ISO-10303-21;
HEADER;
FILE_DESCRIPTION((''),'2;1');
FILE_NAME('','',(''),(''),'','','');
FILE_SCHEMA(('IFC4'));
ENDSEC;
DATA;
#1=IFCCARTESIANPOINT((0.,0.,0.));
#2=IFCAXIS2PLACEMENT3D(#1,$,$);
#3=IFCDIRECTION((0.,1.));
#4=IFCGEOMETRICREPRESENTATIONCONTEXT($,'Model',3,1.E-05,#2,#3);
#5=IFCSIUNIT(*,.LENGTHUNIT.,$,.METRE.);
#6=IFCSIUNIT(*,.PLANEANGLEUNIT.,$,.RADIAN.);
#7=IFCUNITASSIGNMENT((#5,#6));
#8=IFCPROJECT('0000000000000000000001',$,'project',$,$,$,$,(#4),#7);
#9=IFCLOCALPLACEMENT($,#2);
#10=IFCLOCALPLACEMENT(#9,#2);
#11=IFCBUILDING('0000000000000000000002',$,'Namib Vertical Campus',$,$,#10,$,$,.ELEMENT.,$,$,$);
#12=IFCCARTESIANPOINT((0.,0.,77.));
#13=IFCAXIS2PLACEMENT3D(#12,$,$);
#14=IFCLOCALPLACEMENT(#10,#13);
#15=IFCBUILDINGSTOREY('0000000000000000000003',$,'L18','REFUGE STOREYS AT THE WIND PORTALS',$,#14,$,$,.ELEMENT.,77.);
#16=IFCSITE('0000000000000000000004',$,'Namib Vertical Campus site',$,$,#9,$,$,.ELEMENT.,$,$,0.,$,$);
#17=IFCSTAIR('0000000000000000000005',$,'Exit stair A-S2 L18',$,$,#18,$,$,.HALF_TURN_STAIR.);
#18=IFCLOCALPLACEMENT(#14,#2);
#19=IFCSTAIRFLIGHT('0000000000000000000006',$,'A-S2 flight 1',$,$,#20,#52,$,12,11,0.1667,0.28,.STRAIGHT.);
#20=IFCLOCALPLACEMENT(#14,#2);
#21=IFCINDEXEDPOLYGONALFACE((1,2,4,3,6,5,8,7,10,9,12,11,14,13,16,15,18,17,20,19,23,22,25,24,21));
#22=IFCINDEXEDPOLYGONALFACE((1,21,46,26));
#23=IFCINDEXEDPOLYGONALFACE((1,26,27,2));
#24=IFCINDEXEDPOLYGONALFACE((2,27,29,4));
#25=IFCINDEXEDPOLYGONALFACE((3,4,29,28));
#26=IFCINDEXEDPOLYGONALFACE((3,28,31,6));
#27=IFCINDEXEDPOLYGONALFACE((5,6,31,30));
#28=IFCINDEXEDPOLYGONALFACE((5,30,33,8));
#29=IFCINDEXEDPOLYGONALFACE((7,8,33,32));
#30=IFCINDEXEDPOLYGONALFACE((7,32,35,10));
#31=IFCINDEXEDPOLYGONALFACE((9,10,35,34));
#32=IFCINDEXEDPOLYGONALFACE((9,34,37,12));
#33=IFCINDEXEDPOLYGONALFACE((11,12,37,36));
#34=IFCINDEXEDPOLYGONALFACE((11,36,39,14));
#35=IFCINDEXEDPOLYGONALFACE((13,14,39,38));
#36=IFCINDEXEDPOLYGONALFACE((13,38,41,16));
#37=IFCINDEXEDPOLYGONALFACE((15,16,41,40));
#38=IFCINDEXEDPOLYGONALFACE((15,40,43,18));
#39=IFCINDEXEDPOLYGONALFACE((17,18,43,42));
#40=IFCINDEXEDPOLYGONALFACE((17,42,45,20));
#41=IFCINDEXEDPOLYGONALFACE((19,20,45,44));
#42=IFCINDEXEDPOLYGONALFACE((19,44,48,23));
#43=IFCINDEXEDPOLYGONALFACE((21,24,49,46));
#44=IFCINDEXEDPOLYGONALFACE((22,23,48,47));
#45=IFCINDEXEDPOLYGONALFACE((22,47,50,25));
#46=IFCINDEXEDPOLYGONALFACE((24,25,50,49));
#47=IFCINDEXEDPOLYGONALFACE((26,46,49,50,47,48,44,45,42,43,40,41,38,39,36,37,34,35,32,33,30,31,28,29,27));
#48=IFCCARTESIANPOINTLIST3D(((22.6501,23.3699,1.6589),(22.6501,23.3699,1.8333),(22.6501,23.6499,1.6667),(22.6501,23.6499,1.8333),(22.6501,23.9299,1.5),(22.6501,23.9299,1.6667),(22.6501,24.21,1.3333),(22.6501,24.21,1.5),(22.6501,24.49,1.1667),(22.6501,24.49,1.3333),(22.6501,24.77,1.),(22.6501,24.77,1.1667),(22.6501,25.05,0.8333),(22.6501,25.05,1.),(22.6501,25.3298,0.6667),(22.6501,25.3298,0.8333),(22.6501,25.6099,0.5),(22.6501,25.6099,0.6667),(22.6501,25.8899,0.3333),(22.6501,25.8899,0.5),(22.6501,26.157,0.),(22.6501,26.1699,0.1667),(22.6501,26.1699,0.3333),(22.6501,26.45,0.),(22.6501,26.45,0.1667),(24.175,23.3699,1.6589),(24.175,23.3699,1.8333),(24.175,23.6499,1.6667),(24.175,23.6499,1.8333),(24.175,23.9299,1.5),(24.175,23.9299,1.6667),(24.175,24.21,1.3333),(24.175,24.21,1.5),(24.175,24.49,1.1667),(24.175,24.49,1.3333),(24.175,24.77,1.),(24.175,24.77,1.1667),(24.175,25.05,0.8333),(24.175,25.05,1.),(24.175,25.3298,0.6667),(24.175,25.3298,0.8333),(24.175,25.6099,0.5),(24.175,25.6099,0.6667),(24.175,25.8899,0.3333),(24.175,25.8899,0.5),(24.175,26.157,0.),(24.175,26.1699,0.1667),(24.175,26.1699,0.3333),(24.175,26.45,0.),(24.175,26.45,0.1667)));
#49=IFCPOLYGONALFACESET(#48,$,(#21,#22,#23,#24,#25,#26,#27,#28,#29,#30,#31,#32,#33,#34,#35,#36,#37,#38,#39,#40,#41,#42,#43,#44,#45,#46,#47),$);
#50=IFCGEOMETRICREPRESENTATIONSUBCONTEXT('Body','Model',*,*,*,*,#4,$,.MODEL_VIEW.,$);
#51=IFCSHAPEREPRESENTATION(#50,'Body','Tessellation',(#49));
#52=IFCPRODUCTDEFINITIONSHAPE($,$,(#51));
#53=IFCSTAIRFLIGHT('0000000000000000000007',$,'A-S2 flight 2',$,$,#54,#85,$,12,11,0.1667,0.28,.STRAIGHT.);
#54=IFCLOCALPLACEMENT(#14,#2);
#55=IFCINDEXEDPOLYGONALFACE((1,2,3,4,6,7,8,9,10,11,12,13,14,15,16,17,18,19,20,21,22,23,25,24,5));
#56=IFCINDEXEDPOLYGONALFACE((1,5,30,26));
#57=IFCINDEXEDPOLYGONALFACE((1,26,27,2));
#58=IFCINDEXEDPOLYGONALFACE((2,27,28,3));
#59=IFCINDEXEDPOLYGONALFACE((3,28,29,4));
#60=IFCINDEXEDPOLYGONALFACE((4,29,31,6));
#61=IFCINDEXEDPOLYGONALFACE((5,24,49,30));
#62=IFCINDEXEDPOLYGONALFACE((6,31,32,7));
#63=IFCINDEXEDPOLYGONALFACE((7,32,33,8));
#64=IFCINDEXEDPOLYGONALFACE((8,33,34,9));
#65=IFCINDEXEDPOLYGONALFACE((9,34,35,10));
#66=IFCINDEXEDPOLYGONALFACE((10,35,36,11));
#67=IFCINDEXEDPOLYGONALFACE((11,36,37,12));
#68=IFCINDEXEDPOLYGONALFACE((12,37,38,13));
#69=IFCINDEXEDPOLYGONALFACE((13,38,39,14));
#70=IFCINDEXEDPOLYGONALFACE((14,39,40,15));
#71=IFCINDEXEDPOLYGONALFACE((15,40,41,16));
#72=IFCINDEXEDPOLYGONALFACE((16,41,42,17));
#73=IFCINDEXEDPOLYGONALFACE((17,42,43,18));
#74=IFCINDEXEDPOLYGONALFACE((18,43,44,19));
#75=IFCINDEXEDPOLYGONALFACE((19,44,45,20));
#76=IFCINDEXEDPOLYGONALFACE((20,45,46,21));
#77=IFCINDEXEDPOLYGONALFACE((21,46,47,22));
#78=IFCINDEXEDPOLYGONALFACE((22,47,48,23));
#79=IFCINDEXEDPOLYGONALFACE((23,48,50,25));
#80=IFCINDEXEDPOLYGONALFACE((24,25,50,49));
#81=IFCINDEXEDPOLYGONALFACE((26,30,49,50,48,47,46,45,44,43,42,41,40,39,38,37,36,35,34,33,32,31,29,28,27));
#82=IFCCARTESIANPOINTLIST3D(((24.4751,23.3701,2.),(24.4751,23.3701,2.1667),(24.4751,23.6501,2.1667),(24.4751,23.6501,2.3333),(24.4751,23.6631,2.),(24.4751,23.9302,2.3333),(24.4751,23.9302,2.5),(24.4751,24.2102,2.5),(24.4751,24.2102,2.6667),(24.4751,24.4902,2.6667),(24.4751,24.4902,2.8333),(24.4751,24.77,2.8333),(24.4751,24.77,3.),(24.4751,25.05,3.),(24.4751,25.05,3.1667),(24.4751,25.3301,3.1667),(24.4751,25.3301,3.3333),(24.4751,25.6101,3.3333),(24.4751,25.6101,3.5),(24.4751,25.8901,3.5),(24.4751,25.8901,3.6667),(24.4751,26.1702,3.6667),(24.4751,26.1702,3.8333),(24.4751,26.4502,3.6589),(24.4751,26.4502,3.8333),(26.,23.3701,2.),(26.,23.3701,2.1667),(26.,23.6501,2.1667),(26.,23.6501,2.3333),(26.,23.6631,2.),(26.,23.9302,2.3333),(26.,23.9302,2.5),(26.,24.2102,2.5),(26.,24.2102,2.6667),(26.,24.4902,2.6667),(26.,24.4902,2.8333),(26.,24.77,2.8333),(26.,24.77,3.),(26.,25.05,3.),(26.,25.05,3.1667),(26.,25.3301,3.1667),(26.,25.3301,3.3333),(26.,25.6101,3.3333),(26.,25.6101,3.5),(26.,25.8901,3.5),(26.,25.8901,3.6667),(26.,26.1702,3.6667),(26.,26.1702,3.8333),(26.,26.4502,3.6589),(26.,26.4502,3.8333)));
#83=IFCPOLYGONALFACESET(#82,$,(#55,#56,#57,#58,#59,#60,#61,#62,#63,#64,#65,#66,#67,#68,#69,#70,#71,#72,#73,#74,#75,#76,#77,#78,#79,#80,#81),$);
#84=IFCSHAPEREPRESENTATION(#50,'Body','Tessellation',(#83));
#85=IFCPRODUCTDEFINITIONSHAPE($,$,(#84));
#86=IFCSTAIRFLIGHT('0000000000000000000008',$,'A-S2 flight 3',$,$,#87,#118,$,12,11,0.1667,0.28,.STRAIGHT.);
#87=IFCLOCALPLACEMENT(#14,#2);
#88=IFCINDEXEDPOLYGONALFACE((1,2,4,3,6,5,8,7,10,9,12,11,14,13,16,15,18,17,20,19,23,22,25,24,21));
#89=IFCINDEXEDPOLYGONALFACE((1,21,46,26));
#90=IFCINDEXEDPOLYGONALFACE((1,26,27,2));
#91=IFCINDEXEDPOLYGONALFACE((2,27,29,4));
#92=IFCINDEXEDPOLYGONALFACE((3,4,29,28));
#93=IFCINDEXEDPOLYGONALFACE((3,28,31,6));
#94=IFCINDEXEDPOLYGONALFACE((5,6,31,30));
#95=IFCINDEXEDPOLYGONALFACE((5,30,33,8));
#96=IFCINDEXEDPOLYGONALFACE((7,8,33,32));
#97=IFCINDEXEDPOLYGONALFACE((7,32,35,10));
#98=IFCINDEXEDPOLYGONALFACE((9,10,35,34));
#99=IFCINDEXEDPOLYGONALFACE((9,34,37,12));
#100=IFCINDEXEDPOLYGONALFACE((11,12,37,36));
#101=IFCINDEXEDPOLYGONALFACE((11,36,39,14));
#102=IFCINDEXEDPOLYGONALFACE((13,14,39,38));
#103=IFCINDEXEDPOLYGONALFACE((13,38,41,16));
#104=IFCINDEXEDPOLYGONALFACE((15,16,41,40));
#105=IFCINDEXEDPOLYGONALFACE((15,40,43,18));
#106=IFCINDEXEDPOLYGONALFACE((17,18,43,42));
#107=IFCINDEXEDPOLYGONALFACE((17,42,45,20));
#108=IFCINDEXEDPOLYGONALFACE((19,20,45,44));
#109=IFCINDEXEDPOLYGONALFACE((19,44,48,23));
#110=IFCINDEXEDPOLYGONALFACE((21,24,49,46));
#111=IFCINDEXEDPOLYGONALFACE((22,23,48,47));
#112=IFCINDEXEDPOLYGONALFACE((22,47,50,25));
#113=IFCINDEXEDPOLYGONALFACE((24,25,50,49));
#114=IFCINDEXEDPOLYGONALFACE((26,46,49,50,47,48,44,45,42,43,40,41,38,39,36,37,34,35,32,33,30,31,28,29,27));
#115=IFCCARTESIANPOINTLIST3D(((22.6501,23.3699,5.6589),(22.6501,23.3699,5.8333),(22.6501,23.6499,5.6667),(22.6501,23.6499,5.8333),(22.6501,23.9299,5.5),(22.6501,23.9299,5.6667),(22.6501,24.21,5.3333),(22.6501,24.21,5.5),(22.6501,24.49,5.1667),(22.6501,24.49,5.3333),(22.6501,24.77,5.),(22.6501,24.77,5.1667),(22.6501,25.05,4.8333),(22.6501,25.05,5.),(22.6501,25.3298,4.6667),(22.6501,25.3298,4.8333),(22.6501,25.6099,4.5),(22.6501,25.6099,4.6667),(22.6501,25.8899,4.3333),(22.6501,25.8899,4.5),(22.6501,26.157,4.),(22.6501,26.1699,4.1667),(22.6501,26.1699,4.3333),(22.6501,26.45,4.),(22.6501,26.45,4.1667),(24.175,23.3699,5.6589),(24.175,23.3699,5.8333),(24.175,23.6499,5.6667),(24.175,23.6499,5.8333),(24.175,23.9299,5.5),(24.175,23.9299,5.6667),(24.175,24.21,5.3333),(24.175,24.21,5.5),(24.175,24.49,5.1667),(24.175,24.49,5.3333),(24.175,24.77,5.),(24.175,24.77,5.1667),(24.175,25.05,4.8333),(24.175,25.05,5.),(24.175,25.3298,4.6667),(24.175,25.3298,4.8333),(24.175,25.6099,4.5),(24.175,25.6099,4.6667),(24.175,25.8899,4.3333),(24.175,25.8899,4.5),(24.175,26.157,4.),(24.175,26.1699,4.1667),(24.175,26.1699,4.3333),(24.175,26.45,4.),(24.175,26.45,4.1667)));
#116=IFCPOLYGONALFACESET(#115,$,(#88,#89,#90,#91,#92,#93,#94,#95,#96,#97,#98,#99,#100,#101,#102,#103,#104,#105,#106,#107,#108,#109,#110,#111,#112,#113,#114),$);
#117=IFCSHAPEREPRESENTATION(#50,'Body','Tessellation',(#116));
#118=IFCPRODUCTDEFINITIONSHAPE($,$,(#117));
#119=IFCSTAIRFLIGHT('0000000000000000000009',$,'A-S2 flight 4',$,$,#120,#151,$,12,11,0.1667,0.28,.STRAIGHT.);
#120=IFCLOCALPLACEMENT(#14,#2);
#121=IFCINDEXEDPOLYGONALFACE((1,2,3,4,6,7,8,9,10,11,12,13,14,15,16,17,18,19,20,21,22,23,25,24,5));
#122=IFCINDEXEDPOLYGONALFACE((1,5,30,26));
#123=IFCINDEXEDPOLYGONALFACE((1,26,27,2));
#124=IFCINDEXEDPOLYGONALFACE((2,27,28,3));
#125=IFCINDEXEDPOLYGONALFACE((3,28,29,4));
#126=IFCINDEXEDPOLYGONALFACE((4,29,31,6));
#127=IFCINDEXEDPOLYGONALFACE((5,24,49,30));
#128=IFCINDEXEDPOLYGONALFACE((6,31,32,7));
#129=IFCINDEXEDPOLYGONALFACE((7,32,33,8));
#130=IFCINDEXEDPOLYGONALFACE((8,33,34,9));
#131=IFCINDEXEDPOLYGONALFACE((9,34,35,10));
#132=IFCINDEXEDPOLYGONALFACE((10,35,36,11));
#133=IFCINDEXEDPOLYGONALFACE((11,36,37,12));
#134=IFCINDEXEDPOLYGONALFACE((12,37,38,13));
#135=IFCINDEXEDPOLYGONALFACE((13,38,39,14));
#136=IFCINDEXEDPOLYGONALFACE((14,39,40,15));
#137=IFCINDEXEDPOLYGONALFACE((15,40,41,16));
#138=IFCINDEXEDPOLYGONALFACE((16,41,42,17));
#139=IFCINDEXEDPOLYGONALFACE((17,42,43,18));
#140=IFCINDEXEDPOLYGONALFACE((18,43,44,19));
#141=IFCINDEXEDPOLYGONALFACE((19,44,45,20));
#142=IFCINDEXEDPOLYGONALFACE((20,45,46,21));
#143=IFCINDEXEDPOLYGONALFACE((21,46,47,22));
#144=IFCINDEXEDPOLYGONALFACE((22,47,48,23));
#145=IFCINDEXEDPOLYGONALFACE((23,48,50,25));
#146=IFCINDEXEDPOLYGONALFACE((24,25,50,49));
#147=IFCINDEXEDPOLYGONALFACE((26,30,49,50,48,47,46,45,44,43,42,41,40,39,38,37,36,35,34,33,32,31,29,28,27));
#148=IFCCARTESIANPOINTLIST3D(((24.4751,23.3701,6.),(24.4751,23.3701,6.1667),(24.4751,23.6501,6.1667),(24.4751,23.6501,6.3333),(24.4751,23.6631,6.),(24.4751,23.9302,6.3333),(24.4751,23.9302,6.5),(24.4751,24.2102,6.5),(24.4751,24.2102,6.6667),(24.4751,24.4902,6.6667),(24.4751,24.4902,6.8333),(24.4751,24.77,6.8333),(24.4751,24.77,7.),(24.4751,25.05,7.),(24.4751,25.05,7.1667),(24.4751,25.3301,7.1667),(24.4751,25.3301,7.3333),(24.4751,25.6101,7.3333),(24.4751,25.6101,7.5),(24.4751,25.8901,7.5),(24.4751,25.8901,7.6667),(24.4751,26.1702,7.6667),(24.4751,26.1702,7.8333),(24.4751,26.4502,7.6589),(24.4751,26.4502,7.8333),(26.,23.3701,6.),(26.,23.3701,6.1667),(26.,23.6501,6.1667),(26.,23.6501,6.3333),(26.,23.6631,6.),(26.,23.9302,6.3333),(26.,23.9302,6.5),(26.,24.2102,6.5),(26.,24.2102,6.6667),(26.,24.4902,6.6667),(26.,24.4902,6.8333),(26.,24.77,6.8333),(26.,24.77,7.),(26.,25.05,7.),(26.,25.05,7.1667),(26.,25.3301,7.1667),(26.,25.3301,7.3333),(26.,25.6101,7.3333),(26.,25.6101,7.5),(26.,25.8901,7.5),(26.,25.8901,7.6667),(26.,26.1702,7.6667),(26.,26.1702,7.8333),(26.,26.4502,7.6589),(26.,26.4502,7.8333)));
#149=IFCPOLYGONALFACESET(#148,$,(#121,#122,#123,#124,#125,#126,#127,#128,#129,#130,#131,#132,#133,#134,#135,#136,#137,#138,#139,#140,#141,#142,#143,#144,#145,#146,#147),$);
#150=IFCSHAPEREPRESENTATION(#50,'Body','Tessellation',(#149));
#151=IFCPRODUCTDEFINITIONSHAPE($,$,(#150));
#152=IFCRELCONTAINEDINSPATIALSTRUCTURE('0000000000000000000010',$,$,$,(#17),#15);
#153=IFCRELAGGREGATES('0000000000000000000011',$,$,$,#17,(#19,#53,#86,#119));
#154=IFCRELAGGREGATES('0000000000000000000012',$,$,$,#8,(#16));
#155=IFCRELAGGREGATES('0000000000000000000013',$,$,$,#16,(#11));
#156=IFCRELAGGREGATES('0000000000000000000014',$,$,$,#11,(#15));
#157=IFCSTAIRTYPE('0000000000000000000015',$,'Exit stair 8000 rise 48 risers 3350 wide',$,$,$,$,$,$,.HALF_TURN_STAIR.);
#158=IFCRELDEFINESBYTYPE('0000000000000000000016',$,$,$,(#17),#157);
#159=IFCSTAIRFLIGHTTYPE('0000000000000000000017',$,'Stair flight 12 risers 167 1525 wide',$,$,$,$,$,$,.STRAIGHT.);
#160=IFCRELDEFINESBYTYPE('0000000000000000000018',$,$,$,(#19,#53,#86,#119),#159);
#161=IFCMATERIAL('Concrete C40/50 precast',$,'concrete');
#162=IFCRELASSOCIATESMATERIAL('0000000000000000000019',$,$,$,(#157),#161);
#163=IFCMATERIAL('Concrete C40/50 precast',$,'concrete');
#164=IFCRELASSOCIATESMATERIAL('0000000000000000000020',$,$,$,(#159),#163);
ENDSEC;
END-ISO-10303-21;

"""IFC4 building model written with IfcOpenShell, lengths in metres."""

from ifc_helpers import new_model, si_unit, direction, frame, origin, place, context, subcontext, project, spatial, polyline, outline, extrude, material, type_object, element, aggregate, save


model = new_model("IFC4")

# Units and contexts
model_context = context("Model", 3, precision=1e-05, world=origin(), true_north=direction((0.0, 1.0)))
body_context = subcontext(model_context, "Body", "Model", "MODEL_VIEW")
ifc_project = project(units=[si_unit("LENGTHUNIT", "METRE"), si_unit("PLANEANGLEUNIT", "RADIAN")], contexts=[model_context])

# Site, building, storey
site_placement = place(None, origin())
site = spatial("IfcSite", under=ifc_project, at=site_placement, Name="Namib Vertical Campus site", CompositionType="ELEMENT", RefElevation=0.0)
building_placement = place(site_placement, origin())
building = spatial("IfcBuilding", under=site, at=building_placement, Name="Namib Vertical Campus", CompositionType="ELEMENT")
storey_placement = place(building_placement, frame((0.0, 0.0, 77.0)))
storey = spatial("IfcBuildingStorey", under=building, at=storey_placement, Name="L18", Description="REFUGE STOREYS AT THE WIND PORTALS", CompositionType="ELEMENT", Elevation=77.0)

# Stair, stair flights
ifc_material_1 = material(Name="Concrete C40/50 precast", Category="concrete")
stair_type = type_object("IfcStairType", Name="Exit stair 8000 rise 48 risers 3350 wide", PredefinedType="HALF_TURN_STAIR", material=ifc_material_1)
stair_placement = place(storey_placement, origin())
stair = element("IfcStair", 1, at=stair_placement, inside=storey, type_object=stair_type, Name="Exit stair A-S2 L18", PredefinedType="HALF_TURN_STAIR")
ifc_material_2 = material(Name="Concrete C40/50 precast", Category="concrete")
stair_flight_type = type_object("IfcStairFlightType", Name="Stair flight 12 risers 167 1525 wide", PredefinedType="STRAIGHT", material=ifc_material_2)
stair_flight_1_placement = place(storey_placement, frame((23.4126, 26.45, 0.0), z_axis=(0.0, 0.0, 1.0), x_axis=(0.0, -1.0, 0.0)))
stair_flight_1 = element("IfcStairFlight", 2, at=stair_flight_1_placement, type_object=stair_flight_type, Name="A-S2 flight 1", NumberOfRisers=12, NumberOfTreads=11, PredefinedType="STRAIGHT", RiserHeight=0.1667, TreadLength=0.28, context=body_context, shape_type="SweptSolid", body=[
    extrude(outline(polyline([(0.0, 0.0), (0.0, 0.1667), (0.28, 0.1667), (0.28, 0.3333), (0.5601, 0.3333), (0.5601, 0.5), (0.8401, 0.5), (0.8401, 0.6667), (1.1201, 0.6667), (1.1201, 0.8333), (1.3999, 0.8333), (1.3999, 1.0), (1.6799, 1.0), (1.6799, 1.1667), (1.96, 1.1667), (1.96, 1.3333), (2.24, 1.3333), (2.24, 1.5), (2.52, 1.5), (2.52, 1.6667), (2.8, 1.6667), (2.8, 1.8333), (3.0801, 1.8333), (3.0801, 2.0), (3.0801, 1.6589), (0.293, 0.0), (0.0, 0.0)])), frame((0.0, 0.7625, 0.0), z_axis=(0.0, -1.0, 0.0), x_axis=(1.0, 0.0, 0.0)), (0.0, 0.0, 1.0), 1.5249),
])
stair_flight_2_placement = place(storey_placement, frame((25.2375, 23.3701, 2.0), z_axis=(0.0, 0.0, 1.0), x_axis=(0.0, 1.0, 0.0)))
stair_flight_2 = element("IfcStairFlight", 3, at=stair_flight_2_placement, type_object=stair_flight_type, Name="A-S2 flight 2", NumberOfRisers=12, NumberOfTreads=11, PredefinedType="STRAIGHT", RiserHeight=0.1667, TreadLength=0.28, context=body_context, shape_type="SweptSolid", body=[
    extrude(outline(polyline([(0.0, 0.0), (0.0, 0.1667), (0.28, 0.1667), (0.28, 0.3333), (0.5601, 0.3333), (0.5601, 0.5), (0.8401, 0.5), (0.8401, 0.6667), (1.1201, 0.6667), (1.1201, 0.8333), (1.3999, 0.8333), (1.3999, 1.0), (1.6799, 1.0), (1.6799, 1.1667), (1.96, 1.1667), (1.96, 1.3333), (2.24, 1.3333), (2.24, 1.5), (2.52, 1.5), (2.52, 1.6667), (2.8, 1.6667), (2.8, 1.8333), (3.0801, 1.8333), (3.0801, 2.0), (3.0801, 1.6589), (0.293, 0.0), (0.0, 0.0)])), frame((0.0, 0.7625, 0.0), z_axis=(0.0, -1.0, 0.0), x_axis=(1.0, 0.0, 0.0)), (0.0, 0.0, 1.0), 1.5249),
])
stair_flight_3_placement = place(storey_placement, frame((23.4126, 26.45, 4.0), z_axis=(0.0, 0.0, 1.0), x_axis=(0.0, -1.0, 0.0)))
stair_flight_3 = element("IfcStairFlight", 4, at=stair_flight_3_placement, type_object=stair_flight_type, Name="A-S2 flight 3", NumberOfRisers=12, NumberOfTreads=11, PredefinedType="STRAIGHT", RiserHeight=0.1667, TreadLength=0.28, context=body_context, shape_type="SweptSolid", body=[
    extrude(outline(polyline([(0.0, 0.0), (0.0, 0.1667), (0.28, 0.1667), (0.28, 0.3333), (0.5601, 0.3333), (0.5601, 0.5), (0.8401, 0.5), (0.8401, 0.6667), (1.1201, 0.6667), (1.1201, 0.8333), (1.3999, 0.8333), (1.3999, 1.0), (1.6799, 1.0), (1.6799, 1.1667), (1.96, 1.1667), (1.96, 1.3333), (2.24, 1.3333), (2.24, 1.5), (2.52, 1.5), (2.52, 1.6667), (2.8, 1.6667), (2.8, 1.8333), (3.0801, 1.8333), (3.0801, 2.0), (3.0801, 1.6589), (0.293, 0.0), (0.0, 0.0)])), frame((0.0, 0.7625, 0.0), z_axis=(0.0, -1.0, 0.0), x_axis=(1.0, 0.0, 0.0)), (0.0, 0.0, 1.0), 1.5249),
])
stair_flight_4_placement = place(storey_placement, frame((25.2375, 23.3701, 6.0), z_axis=(0.0, 0.0, 1.0), x_axis=(0.0, 1.0, 0.0)))
stair_flight_4 = element("IfcStairFlight", 5, at=stair_flight_4_placement, type_object=stair_flight_type, Name="A-S2 flight 4", NumberOfRisers=12, NumberOfTreads=11, PredefinedType="STRAIGHT", RiserHeight=0.1667, TreadLength=0.28, context=body_context, shape_type="SweptSolid", body=[
    extrude(outline(polyline([(0.0, 0.0), (0.0, 0.1667), (0.28, 0.1667), (0.28, 0.3333), (0.5601, 0.3333), (0.5601, 0.5), (0.8401, 0.5), (0.8401, 0.6667), (1.1201, 0.6667), (1.1201, 0.8333), (1.3999, 0.8333), (1.3999, 1.0), (1.6799, 1.0), (1.6799, 1.1667), (1.96, 1.1667), (1.96, 1.3333), (2.24, 1.3333), (2.24, 1.5), (2.52, 1.5), (2.52, 1.6667), (2.8, 1.6667), (2.8, 1.8333), (3.0801, 1.8333), (3.0801, 2.0), (3.0801, 1.6589), (0.293, 0.0), (0.0, 0.0)])), frame((0.0, 0.7625, 0.0), z_axis=(0.0, -1.0, 0.0), x_axis=(1.0, 0.0, 0.0)), (0.0, 0.0, 1.0), 1.5249),
])
aggregate(stair, [stair_flight_1, stair_flight_2, stair_flight_3, stair_flight_4])

save(model, "model.ifc")
